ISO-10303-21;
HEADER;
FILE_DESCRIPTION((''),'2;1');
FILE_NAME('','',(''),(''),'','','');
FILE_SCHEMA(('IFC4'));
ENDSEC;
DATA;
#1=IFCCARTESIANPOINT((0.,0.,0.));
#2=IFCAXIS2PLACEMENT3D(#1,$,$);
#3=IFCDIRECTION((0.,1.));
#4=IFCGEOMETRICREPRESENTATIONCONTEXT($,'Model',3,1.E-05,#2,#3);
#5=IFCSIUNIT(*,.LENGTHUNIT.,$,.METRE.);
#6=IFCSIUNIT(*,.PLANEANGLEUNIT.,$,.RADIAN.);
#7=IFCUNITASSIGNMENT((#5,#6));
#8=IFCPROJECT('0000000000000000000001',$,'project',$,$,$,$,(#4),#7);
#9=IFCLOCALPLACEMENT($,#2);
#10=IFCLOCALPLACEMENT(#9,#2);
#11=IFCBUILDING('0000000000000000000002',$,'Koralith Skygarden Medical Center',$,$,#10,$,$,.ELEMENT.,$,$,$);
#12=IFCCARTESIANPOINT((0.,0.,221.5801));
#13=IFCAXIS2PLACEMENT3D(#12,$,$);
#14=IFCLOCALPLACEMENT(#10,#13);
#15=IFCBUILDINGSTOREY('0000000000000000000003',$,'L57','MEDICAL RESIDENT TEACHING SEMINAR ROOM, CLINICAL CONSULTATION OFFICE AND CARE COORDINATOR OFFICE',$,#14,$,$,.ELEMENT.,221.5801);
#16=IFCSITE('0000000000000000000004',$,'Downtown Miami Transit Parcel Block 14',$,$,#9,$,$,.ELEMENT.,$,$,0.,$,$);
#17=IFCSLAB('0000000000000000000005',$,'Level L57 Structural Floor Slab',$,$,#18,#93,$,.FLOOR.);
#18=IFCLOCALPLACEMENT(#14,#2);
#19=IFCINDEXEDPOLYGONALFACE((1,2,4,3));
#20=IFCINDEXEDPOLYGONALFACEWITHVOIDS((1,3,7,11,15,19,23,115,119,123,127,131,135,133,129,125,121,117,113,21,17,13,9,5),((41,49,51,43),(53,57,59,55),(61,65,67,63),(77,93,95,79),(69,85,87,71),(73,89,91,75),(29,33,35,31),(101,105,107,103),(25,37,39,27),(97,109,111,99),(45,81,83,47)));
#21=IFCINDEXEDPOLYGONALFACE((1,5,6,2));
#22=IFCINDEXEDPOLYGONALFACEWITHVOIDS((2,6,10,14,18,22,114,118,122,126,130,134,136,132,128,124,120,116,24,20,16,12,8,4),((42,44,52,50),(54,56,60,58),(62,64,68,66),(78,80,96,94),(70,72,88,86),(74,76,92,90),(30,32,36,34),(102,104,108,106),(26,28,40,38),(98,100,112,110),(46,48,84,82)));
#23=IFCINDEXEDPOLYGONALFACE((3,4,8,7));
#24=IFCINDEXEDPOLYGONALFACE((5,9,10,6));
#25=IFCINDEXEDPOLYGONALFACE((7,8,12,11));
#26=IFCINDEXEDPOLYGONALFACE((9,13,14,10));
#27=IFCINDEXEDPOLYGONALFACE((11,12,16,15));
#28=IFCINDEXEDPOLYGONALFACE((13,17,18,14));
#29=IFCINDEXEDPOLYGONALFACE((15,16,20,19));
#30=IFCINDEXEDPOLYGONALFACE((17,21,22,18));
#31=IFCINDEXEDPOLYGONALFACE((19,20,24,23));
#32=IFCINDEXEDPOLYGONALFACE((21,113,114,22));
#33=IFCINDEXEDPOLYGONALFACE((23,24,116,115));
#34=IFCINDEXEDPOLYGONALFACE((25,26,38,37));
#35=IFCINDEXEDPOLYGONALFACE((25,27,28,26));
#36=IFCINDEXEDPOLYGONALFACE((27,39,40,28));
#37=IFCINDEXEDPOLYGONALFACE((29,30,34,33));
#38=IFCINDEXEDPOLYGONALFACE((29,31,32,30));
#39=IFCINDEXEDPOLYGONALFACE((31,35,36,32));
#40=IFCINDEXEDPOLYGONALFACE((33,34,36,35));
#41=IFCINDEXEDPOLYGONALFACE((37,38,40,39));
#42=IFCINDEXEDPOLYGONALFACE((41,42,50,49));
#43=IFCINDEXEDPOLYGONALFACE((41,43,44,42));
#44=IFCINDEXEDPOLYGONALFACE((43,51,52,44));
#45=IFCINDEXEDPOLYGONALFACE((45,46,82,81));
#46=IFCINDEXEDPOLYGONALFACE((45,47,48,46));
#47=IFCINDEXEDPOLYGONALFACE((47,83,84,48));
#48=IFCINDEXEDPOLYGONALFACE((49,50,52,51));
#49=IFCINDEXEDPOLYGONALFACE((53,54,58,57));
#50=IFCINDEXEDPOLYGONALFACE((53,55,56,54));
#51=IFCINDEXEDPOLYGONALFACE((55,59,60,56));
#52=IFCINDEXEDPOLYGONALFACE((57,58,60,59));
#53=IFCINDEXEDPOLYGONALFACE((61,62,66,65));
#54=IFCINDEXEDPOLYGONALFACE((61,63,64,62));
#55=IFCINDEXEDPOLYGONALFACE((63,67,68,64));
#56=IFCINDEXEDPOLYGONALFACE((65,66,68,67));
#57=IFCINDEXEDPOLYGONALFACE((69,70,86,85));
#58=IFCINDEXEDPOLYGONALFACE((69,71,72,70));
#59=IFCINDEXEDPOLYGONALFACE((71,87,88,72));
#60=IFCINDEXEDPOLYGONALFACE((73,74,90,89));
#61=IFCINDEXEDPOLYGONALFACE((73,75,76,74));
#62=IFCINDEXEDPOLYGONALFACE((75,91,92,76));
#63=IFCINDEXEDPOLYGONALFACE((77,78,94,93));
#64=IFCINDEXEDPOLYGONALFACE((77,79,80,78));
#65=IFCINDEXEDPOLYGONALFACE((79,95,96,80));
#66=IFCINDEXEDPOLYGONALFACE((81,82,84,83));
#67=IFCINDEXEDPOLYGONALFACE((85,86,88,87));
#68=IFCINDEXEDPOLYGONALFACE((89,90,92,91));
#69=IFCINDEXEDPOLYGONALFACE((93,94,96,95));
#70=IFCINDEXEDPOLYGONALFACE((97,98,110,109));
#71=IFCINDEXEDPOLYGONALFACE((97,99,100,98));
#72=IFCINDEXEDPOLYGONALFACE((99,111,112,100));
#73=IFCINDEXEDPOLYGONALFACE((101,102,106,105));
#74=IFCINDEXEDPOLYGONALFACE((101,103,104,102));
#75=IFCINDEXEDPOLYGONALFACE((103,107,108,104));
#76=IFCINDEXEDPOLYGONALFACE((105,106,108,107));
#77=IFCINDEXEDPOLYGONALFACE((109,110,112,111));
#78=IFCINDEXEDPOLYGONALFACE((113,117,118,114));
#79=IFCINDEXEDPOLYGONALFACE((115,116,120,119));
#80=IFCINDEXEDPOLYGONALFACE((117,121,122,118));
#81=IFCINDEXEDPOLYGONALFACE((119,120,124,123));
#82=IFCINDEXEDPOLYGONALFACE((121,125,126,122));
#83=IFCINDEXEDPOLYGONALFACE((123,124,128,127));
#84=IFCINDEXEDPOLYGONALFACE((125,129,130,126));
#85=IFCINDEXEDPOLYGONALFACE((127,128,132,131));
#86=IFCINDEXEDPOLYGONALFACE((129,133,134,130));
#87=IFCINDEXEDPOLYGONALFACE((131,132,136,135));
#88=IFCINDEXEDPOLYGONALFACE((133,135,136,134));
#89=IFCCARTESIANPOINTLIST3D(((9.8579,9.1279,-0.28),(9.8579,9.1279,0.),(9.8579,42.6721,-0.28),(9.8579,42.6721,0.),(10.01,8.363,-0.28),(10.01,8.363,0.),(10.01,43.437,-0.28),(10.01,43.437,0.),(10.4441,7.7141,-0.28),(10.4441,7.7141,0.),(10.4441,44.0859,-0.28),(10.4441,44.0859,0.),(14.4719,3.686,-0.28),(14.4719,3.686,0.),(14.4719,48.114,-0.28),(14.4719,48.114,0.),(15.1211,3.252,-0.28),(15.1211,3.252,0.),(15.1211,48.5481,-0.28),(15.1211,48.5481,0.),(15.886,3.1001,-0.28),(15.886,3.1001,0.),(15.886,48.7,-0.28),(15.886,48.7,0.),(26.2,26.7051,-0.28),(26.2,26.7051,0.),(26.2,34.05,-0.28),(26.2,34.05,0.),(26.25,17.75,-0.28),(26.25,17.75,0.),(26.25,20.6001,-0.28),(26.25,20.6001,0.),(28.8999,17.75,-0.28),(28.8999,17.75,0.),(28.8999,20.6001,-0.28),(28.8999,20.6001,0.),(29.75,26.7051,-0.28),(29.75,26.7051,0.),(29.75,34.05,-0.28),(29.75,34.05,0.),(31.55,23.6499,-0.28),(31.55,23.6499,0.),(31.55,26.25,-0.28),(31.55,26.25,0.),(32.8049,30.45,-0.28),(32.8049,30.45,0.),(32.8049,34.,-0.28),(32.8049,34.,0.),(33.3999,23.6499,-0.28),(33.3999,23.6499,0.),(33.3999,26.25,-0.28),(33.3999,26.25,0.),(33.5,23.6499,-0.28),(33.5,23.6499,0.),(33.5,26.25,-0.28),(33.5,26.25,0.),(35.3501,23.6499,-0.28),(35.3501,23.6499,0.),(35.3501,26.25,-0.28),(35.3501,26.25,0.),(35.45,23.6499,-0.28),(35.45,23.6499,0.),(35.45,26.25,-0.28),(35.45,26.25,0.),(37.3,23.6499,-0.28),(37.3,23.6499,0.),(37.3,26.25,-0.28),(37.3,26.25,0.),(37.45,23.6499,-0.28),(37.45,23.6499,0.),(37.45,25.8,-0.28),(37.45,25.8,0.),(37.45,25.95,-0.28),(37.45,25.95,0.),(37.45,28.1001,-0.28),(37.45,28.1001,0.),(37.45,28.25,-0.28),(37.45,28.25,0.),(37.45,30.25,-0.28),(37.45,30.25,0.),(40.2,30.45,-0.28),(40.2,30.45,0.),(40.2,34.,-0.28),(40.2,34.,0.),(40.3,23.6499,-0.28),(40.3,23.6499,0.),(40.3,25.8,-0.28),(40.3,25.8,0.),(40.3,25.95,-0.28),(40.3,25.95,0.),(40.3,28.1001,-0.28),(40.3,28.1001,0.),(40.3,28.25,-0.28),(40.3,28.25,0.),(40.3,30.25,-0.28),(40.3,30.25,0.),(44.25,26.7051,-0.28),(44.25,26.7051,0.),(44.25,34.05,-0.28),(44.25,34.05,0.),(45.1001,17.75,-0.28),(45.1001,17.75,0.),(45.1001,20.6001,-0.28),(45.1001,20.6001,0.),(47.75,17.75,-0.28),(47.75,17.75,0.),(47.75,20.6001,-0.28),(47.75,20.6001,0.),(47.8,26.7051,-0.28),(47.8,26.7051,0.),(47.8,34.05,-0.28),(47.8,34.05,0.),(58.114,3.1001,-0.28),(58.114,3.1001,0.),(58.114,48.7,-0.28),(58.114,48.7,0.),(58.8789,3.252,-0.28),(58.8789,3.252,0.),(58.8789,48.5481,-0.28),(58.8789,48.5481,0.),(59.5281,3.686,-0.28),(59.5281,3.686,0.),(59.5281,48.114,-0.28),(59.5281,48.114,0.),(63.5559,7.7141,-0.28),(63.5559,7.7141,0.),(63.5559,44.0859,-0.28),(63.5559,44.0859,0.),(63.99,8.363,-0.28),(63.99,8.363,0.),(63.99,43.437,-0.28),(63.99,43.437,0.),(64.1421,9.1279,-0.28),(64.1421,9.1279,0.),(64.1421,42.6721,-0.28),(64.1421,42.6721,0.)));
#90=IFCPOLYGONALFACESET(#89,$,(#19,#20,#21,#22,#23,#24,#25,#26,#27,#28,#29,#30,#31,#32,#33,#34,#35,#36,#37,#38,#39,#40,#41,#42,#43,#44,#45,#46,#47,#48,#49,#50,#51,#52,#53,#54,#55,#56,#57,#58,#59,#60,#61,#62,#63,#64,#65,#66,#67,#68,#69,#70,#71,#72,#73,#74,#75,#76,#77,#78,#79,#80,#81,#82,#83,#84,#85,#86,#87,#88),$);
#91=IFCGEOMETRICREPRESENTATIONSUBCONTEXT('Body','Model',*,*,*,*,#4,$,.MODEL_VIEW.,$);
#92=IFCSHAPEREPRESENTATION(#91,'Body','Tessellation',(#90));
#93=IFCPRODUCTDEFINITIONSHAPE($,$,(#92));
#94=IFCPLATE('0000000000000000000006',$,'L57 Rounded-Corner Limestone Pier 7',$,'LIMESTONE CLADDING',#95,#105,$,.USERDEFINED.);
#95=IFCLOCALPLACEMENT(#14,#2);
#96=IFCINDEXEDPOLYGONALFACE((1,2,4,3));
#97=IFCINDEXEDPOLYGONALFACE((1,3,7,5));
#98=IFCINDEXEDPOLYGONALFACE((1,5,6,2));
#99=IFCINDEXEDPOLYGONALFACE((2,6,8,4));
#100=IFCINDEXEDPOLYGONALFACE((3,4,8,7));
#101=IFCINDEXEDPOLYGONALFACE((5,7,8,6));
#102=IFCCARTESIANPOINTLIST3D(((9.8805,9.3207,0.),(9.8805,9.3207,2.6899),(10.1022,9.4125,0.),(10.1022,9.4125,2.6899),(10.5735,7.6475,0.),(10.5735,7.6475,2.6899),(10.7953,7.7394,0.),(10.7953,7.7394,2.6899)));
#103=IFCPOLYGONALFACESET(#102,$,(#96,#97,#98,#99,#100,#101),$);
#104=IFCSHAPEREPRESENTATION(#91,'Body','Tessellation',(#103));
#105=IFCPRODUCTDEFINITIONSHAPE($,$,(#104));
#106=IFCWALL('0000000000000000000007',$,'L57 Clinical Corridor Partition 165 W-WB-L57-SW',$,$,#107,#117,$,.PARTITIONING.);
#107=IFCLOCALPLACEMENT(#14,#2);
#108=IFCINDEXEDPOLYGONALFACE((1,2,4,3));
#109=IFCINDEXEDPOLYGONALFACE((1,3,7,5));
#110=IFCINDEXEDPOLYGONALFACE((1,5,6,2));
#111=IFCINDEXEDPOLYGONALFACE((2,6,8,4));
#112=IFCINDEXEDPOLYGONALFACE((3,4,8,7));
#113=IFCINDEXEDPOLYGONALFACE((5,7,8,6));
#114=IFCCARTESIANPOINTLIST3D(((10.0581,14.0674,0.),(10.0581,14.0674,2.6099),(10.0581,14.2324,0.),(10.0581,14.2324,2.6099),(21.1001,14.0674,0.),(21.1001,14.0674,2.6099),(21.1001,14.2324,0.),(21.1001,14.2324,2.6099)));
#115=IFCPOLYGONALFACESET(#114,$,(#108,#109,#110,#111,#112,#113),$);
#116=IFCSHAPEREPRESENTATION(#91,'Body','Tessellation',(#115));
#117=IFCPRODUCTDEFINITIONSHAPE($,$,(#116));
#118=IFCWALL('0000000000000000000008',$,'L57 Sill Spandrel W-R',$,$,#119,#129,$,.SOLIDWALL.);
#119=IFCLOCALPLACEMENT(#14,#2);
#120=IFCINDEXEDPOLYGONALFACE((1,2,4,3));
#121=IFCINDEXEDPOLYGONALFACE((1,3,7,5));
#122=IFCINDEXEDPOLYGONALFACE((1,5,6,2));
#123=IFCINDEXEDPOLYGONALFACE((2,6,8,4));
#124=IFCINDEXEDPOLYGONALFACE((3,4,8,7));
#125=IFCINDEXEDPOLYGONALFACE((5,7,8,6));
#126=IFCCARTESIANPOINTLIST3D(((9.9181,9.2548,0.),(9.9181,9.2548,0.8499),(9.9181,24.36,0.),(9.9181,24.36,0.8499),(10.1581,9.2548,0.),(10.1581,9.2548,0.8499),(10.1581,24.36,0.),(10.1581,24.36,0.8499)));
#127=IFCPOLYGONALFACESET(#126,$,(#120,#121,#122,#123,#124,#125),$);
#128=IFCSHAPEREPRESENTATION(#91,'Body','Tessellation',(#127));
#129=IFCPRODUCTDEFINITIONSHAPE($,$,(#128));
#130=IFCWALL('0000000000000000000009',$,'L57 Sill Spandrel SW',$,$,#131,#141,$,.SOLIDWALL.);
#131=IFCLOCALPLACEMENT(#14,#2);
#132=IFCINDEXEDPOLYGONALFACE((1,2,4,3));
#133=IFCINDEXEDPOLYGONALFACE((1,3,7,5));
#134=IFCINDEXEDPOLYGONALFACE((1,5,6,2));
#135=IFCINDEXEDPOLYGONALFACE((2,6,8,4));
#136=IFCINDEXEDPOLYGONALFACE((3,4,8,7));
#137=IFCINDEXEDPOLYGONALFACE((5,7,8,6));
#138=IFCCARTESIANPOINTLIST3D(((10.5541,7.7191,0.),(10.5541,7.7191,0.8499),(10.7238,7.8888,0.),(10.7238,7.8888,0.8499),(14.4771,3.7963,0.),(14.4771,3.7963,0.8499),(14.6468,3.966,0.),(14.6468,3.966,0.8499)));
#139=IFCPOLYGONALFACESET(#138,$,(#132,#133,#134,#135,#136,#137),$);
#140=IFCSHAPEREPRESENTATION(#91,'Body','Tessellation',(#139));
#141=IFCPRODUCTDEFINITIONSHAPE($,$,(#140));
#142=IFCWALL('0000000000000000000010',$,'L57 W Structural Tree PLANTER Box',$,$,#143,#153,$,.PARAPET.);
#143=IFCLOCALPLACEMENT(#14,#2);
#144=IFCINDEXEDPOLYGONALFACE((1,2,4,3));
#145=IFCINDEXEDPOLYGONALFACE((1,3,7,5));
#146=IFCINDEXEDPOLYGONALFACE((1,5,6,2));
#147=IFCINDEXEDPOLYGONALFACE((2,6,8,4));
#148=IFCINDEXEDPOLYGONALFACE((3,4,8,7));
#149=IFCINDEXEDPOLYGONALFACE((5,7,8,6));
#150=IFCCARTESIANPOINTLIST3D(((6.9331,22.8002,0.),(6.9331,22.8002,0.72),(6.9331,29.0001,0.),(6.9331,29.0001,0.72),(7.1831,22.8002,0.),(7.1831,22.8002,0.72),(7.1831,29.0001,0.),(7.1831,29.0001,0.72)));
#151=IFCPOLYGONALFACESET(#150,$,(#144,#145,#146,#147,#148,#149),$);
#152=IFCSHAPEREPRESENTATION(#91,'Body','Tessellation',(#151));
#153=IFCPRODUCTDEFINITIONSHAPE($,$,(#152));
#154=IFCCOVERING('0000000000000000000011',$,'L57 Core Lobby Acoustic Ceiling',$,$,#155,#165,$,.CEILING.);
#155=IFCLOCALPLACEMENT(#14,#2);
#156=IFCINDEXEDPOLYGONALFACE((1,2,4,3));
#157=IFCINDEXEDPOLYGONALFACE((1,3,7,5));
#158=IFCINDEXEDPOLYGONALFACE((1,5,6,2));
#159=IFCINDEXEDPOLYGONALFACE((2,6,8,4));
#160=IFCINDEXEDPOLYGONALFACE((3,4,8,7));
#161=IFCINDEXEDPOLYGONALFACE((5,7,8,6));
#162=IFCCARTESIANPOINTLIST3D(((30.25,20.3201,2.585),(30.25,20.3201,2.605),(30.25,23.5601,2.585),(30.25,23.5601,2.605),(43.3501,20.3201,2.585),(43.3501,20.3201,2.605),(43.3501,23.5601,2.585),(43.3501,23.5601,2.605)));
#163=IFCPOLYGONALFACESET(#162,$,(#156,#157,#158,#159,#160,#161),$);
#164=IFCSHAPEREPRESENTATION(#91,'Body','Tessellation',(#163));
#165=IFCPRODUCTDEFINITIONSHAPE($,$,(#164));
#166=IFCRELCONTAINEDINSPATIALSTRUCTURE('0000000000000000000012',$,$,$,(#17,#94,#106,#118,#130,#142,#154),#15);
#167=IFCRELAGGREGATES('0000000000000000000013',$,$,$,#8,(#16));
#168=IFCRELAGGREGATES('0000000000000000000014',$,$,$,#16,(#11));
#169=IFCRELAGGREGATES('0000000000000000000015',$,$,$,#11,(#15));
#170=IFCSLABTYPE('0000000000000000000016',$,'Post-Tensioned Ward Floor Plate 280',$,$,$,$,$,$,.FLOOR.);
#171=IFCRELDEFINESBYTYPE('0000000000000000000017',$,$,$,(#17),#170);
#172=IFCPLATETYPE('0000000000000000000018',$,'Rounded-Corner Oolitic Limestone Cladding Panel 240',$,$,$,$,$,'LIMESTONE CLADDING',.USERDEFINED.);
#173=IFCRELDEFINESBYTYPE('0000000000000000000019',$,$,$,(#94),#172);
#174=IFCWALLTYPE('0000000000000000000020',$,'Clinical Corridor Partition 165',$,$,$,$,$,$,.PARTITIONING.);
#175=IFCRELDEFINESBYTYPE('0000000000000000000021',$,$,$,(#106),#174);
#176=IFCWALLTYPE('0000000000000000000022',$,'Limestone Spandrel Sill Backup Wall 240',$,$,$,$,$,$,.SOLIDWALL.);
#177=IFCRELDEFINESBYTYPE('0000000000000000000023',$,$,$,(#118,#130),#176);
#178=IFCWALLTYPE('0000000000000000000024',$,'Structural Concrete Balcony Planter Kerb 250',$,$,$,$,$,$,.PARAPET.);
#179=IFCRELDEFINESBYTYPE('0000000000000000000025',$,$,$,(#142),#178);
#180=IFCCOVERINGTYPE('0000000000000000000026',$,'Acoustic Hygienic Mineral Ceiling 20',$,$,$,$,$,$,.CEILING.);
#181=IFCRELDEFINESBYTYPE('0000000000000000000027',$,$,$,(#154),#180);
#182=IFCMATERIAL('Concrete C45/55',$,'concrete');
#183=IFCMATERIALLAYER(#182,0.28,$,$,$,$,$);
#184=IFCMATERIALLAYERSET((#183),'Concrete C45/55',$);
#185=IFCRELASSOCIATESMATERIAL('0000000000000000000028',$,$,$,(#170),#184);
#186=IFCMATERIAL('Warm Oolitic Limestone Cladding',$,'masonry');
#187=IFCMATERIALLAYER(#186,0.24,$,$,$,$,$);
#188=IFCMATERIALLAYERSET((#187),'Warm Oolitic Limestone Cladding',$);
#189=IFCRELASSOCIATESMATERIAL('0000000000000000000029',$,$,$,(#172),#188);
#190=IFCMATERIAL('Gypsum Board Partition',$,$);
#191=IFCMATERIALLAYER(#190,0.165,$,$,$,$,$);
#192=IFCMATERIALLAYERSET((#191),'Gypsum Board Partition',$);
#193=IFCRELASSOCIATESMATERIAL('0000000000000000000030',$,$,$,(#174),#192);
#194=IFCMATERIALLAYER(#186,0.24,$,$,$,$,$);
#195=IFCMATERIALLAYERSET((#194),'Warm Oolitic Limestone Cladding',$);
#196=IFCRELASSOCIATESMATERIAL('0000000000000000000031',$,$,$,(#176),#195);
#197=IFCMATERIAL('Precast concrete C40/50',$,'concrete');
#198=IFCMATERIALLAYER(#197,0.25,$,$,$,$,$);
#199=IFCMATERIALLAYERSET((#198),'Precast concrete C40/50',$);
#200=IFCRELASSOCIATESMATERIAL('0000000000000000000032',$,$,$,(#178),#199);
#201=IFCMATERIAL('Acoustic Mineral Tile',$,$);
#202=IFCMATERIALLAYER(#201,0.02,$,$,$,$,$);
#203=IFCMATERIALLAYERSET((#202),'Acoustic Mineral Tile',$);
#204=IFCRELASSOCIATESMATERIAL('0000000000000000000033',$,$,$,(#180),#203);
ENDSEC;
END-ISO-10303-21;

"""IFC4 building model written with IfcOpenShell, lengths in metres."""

from ifc_helpers import new_model, si_unit, direction, frame, frame_2d, origin, origin_2d, place, context, subcontext, project, spatial, polyline, rectangle, outline, extrude, material, layer, layer_set, type_object, element, save


model = new_model("IFC4")

# Units and contexts
model_context = context("Model", 3, precision=1e-05, world=origin(), true_north=direction((0.0, 1.0)))
body_context = subcontext(model_context, "Body", "Model", "MODEL_VIEW")
ifc_project = project(units=[si_unit("LENGTHUNIT", "METRE"), si_unit("PLANEANGLEUNIT", "RADIAN")], contexts=[model_context])

# Site, building, storey
site_placement = place(None, origin())
site = spatial("IfcSite", under=ifc_project, at=site_placement, Name="Downtown Miami Transit Parcel Block 14", CompositionType="ELEMENT", RefElevation=0.0)
building_placement = place(site_placement, origin())
building = spatial("IfcBuilding", under=site, at=building_placement, Name="Koralith Skygarden Medical Center", CompositionType="ELEMENT")
storey_placement = place(building_placement, frame((0.0, 0.0, 221.5801)))
storey = spatial("IfcBuildingStorey", under=building, at=storey_placement, Name="L57", Description="MEDICAL RESIDENT TEACHING SEMINAR ROOM, CLINICAL CONSULTATION OFFICE AND CARE COORDINATOR OFFICE", CompositionType="ELEMENT", Elevation=221.5801)

# Shared definitions
ifc_material_1 = material(Name="Concrete C45/55", Category="concrete")

# Slab
ifc_layer_1 = layer(ifc_material_1, 0.28)
ifc_layer_set_1 = layer_set([ifc_layer_1], Name="Concrete C45/55")
slab_type_1 = type_object("IfcSlabType", Name="Post-Tensioned Ward Floor Plate 280", PredefinedType="FLOOR", material=ifc_layer_set_1)
slab_1_placement = place(storey_placement, frame((0.0, 0.0, -0.28)))
element("IfcSlab", 1, at=slab_1_placement, inside=storey, type_object=slab_type_1, Name="Level L57 Structural Floor Slab", PredefinedType="FLOOR", context=body_context, shape_type="SweptSolid", body=[
    extrude(outline(polyline([(14.4719, 3.686), (15.1211, 3.252), (15.886, 3.1001), (58.114, 3.1001), (58.8789, 3.252), (59.5281, 3.686), (63.5559, 7.7141), (63.99, 8.363), (64.1421, 9.1279), (64.1421, 42.6721), (63.99, 43.437), (63.5559, 44.0859), (59.5281, 48.114), (58.8789, 48.5481), (58.114, 48.7), (15.886, 48.7), (15.1211, 48.5481), (14.4719, 48.114), (10.4441, 44.0859), (10.01, 43.437), (9.8579, 42.6721), (9.8579, 9.1279), (10.01, 8.363), (10.4441, 7.7141), (14.4719, 3.686)]), holes=[polyline([(26.2, 26.7051), (29.75, 26.7051), (29.75, 34.05), (26.2, 34.05), (26.2, 26.7051)]), polyline([(44.25, 26.7051), (47.8, 26.7051), (47.8, 34.05), (44.25, 34.05), (44.25, 26.7051)]), polyline([(32.8049, 30.45), (40.2, 30.45), (40.2, 34.0), (32.8049, 34.0), (32.8049, 30.45)]), polyline([(26.25, 17.75), (28.8999, 17.75), (28.8999, 20.6001), (26.25, 20.6001), (26.25, 17.75)]), polyline([(45.1001, 17.75), (47.75, 17.75), (47.75, 20.6001), (45.1001, 20.6001), (45.1001, 17.75)]), polyline([(31.55, 23.6499), (33.3999, 23.6499), (33.3999, 26.25), (31.55, 26.25), (31.55, 23.6499)]), polyline([(33.5, 23.6499), (35.3501, 23.6499), (35.3501, 26.25), (33.5, 26.25), (33.5, 23.6499)]), polyline([(35.45, 23.6499), (37.3, 23.6499), (37.3, 26.25), (35.45, 26.25), (35.45, 23.6499)]), polyline([(37.45, 23.6499), (40.3, 23.6499), (40.3, 25.8), (37.45, 25.8), (37.45, 23.6499)]), polyline([(37.45, 25.95), (40.3, 25.95), (40.3, 28.1001), (37.45, 28.1001), (37.45, 25.95)]), polyline([(37.45, 28.25), (40.3, 28.25), (40.3, 30.25), (37.45, 30.25), (37.45, 28.25)])]), origin(), (0.0, 0.0, 1.0), 0.28),
])

# Plate
ifc_material_2 = material(Name="Warm Oolitic Limestone Cladding", Category="masonry")
ifc_layer_2 = layer(ifc_material_2, 0.24)
ifc_layer_set_2 = layer_set([ifc_layer_2], Name="Warm Oolitic Limestone Cladding")
plate_type_1 = type_object("IfcPlateType", Name="Rounded-Corner Oolitic Limestone Cladding Panel 240", ElementType="LIMESTONE CLADDING", PredefinedType="USERDEFINED", material=ifc_layer_set_2)
plate_1_placement = place(storey_placement, frame((10.3379, 8.53, 0.0), z_axis=(0.0, 0.0, 1.0), x_axis=(0.382671, -0.923885, 0.0)))
element("IfcPlate", 2, at=plate_1_placement, inside=storey, type_object=plate_type_1, Name="L57 Rounded-Corner Limestone Pier 7", ObjectType="LIMESTONE CLADDING", PredefinedType="USERDEFINED", context=body_context, shape_type="SweptSolid", body=[
    extrude(rectangle(XDim=1.811, YDim=0.24, at=origin_2d()), origin(), (0.0, 0.0, 1.0), 2.6899),
])

# Walls
ifc_material_3 = material(Name="Gypsum Board Partition")
ifc_layer_3 = layer(ifc_material_3, 0.165)
ifc_layer_set_3 = layer_set([ifc_layer_3], Name="Gypsum Board Partition")
wall_type_1 = type_object("IfcWallType", Name="Clinical Corridor Partition 165", PredefinedType="PARTITIONING", material=ifc_layer_set_3)
wall_1_placement = place(storey_placement, frame((10.0581, 14.1499, 0.0), z_axis=(0.0, 0.0, 1.0), x_axis=(1.0, 0.0, 0.0)))
element("IfcWall", 3, at=wall_1_placement, inside=storey, type_object=wall_type_1, Name="L57 Clinical Corridor Partition 165 W-WB-L57-SW", PredefinedType="PARTITIONING", context=body_context, shape_type="SweptSolid", body=[
    extrude(rectangle(XDim=11.042, YDim=0.165, at=frame_2d((5.521, 0.0))), origin(), (0.0, 0.0, 1.0), 2.6099),
])
ifc_layer_4 = layer(ifc_material_2, 0.24)
ifc_layer_set_4 = layer_set([ifc_layer_4], Name="Warm Oolitic Limestone Cladding")
wall_type_2 = type_object("IfcWallType", Name="Limestone Spandrel Sill Backup Wall 240", PredefinedType="SOLIDWALL", material=ifc_layer_set_4)
wall_2_placement = place(storey_placement, frame((10.0381, 24.3601, 0.0), z_axis=(0.0, 0.0, 1.0), x_axis=(0.0, -1.0, 0.0)))
element("IfcWall", 4, at=wall_2_placement, inside=storey, type_object=wall_type_2, Name="L57 Sill Spandrel W-R", PredefinedType="SOLIDWALL", context=body_context, shape_type="SweptSolid", body=[
    extrude(rectangle(XDim=15.1052, YDim=0.24, at=frame_2d((7.5527, 0.0))), origin(), (0.0, 0.0, 1.0), 0.8499),
])
wall_3_placement = place(storey_placement, frame((10.6389, 7.804, 0.0), z_axis=(0.0, 0.0, 1.0), x_axis=(0.707129, -0.707085, 0.0)))
element("IfcWall", 5, at=wall_3_placement, inside=storey, type_object=wall_type_2, Name="L57 Sill Spandrel SW", PredefinedType="SOLIDWALL", context=body_context, shape_type="SweptSolid", body=[
    extrude(rectangle(XDim=5.5479, YDim=0.24, at=frame_2d((2.7739, 0.0))), origin(), (0.0, 0.0, 1.0), 0.8499),
])
ifc_material_4 = material(Name="Precast concrete C40/50", Category="concrete")
ifc_layer_5 = layer(ifc_material_4, 0.25)
ifc_layer_set_5 = layer_set([ifc_layer_5], Name="Precast concrete C40/50")
wall_type_3 = type_object("IfcWallType", Name="Structural Concrete Balcony Planter Kerb 250", PredefinedType="PARAPET", material=ifc_layer_set_5)
wall_4_placement = place(storey_placement, frame((7.0581, 22.8, 0.0), z_axis=(0.0, 0.0, 1.0), x_axis=(0.0, 1.0, 0.0)))
element("IfcWall", 6, at=wall_4_placement, inside=storey, type_object=wall_type_3, Name="L57 W Structural Tree PLANTER Box", PredefinedType="PARAPET", context=body_context, shape_type="SweptSolid", body=[
    extrude(rectangle(XDim=6.2, YDim=0.25, at=frame_2d((3.1001, 0.0))), origin(), (0.0, 0.0, 1.0), 0.72),
])

# Covering
ifc_material_5 = material(Name="Acoustic Mineral Tile")
ifc_layer_6 = layer(ifc_material_5, 0.02)
ifc_layer_set_6 = layer_set([ifc_layer_6], Name="Acoustic Mineral Tile")
covering_type_1 = type_object("IfcCoveringType", Name="Acoustic Hygienic Mineral Ceiling 20", PredefinedType="CEILING", material=ifc_layer_set_6)
covering_1_placement = place(storey_placement, frame((0.0, 0.0, 2.585)))
element("IfcCovering", 7, at=covering_1_placement, inside=storey, type_object=covering_type_1, Name="L57 Core Lobby Acoustic Ceiling", PredefinedType="CEILING", context=body_context, shape_type="SweptSolid", body=[
    extrude(outline(polyline([(30.25, 20.3201), (43.3501, 20.3201), (43.3501, 23.5601), (30.25, 23.5601), (30.25, 20.3201)])), origin(), (0.0, 0.0, 1.0), 0.02),
])

save(model, "model.ifc")
